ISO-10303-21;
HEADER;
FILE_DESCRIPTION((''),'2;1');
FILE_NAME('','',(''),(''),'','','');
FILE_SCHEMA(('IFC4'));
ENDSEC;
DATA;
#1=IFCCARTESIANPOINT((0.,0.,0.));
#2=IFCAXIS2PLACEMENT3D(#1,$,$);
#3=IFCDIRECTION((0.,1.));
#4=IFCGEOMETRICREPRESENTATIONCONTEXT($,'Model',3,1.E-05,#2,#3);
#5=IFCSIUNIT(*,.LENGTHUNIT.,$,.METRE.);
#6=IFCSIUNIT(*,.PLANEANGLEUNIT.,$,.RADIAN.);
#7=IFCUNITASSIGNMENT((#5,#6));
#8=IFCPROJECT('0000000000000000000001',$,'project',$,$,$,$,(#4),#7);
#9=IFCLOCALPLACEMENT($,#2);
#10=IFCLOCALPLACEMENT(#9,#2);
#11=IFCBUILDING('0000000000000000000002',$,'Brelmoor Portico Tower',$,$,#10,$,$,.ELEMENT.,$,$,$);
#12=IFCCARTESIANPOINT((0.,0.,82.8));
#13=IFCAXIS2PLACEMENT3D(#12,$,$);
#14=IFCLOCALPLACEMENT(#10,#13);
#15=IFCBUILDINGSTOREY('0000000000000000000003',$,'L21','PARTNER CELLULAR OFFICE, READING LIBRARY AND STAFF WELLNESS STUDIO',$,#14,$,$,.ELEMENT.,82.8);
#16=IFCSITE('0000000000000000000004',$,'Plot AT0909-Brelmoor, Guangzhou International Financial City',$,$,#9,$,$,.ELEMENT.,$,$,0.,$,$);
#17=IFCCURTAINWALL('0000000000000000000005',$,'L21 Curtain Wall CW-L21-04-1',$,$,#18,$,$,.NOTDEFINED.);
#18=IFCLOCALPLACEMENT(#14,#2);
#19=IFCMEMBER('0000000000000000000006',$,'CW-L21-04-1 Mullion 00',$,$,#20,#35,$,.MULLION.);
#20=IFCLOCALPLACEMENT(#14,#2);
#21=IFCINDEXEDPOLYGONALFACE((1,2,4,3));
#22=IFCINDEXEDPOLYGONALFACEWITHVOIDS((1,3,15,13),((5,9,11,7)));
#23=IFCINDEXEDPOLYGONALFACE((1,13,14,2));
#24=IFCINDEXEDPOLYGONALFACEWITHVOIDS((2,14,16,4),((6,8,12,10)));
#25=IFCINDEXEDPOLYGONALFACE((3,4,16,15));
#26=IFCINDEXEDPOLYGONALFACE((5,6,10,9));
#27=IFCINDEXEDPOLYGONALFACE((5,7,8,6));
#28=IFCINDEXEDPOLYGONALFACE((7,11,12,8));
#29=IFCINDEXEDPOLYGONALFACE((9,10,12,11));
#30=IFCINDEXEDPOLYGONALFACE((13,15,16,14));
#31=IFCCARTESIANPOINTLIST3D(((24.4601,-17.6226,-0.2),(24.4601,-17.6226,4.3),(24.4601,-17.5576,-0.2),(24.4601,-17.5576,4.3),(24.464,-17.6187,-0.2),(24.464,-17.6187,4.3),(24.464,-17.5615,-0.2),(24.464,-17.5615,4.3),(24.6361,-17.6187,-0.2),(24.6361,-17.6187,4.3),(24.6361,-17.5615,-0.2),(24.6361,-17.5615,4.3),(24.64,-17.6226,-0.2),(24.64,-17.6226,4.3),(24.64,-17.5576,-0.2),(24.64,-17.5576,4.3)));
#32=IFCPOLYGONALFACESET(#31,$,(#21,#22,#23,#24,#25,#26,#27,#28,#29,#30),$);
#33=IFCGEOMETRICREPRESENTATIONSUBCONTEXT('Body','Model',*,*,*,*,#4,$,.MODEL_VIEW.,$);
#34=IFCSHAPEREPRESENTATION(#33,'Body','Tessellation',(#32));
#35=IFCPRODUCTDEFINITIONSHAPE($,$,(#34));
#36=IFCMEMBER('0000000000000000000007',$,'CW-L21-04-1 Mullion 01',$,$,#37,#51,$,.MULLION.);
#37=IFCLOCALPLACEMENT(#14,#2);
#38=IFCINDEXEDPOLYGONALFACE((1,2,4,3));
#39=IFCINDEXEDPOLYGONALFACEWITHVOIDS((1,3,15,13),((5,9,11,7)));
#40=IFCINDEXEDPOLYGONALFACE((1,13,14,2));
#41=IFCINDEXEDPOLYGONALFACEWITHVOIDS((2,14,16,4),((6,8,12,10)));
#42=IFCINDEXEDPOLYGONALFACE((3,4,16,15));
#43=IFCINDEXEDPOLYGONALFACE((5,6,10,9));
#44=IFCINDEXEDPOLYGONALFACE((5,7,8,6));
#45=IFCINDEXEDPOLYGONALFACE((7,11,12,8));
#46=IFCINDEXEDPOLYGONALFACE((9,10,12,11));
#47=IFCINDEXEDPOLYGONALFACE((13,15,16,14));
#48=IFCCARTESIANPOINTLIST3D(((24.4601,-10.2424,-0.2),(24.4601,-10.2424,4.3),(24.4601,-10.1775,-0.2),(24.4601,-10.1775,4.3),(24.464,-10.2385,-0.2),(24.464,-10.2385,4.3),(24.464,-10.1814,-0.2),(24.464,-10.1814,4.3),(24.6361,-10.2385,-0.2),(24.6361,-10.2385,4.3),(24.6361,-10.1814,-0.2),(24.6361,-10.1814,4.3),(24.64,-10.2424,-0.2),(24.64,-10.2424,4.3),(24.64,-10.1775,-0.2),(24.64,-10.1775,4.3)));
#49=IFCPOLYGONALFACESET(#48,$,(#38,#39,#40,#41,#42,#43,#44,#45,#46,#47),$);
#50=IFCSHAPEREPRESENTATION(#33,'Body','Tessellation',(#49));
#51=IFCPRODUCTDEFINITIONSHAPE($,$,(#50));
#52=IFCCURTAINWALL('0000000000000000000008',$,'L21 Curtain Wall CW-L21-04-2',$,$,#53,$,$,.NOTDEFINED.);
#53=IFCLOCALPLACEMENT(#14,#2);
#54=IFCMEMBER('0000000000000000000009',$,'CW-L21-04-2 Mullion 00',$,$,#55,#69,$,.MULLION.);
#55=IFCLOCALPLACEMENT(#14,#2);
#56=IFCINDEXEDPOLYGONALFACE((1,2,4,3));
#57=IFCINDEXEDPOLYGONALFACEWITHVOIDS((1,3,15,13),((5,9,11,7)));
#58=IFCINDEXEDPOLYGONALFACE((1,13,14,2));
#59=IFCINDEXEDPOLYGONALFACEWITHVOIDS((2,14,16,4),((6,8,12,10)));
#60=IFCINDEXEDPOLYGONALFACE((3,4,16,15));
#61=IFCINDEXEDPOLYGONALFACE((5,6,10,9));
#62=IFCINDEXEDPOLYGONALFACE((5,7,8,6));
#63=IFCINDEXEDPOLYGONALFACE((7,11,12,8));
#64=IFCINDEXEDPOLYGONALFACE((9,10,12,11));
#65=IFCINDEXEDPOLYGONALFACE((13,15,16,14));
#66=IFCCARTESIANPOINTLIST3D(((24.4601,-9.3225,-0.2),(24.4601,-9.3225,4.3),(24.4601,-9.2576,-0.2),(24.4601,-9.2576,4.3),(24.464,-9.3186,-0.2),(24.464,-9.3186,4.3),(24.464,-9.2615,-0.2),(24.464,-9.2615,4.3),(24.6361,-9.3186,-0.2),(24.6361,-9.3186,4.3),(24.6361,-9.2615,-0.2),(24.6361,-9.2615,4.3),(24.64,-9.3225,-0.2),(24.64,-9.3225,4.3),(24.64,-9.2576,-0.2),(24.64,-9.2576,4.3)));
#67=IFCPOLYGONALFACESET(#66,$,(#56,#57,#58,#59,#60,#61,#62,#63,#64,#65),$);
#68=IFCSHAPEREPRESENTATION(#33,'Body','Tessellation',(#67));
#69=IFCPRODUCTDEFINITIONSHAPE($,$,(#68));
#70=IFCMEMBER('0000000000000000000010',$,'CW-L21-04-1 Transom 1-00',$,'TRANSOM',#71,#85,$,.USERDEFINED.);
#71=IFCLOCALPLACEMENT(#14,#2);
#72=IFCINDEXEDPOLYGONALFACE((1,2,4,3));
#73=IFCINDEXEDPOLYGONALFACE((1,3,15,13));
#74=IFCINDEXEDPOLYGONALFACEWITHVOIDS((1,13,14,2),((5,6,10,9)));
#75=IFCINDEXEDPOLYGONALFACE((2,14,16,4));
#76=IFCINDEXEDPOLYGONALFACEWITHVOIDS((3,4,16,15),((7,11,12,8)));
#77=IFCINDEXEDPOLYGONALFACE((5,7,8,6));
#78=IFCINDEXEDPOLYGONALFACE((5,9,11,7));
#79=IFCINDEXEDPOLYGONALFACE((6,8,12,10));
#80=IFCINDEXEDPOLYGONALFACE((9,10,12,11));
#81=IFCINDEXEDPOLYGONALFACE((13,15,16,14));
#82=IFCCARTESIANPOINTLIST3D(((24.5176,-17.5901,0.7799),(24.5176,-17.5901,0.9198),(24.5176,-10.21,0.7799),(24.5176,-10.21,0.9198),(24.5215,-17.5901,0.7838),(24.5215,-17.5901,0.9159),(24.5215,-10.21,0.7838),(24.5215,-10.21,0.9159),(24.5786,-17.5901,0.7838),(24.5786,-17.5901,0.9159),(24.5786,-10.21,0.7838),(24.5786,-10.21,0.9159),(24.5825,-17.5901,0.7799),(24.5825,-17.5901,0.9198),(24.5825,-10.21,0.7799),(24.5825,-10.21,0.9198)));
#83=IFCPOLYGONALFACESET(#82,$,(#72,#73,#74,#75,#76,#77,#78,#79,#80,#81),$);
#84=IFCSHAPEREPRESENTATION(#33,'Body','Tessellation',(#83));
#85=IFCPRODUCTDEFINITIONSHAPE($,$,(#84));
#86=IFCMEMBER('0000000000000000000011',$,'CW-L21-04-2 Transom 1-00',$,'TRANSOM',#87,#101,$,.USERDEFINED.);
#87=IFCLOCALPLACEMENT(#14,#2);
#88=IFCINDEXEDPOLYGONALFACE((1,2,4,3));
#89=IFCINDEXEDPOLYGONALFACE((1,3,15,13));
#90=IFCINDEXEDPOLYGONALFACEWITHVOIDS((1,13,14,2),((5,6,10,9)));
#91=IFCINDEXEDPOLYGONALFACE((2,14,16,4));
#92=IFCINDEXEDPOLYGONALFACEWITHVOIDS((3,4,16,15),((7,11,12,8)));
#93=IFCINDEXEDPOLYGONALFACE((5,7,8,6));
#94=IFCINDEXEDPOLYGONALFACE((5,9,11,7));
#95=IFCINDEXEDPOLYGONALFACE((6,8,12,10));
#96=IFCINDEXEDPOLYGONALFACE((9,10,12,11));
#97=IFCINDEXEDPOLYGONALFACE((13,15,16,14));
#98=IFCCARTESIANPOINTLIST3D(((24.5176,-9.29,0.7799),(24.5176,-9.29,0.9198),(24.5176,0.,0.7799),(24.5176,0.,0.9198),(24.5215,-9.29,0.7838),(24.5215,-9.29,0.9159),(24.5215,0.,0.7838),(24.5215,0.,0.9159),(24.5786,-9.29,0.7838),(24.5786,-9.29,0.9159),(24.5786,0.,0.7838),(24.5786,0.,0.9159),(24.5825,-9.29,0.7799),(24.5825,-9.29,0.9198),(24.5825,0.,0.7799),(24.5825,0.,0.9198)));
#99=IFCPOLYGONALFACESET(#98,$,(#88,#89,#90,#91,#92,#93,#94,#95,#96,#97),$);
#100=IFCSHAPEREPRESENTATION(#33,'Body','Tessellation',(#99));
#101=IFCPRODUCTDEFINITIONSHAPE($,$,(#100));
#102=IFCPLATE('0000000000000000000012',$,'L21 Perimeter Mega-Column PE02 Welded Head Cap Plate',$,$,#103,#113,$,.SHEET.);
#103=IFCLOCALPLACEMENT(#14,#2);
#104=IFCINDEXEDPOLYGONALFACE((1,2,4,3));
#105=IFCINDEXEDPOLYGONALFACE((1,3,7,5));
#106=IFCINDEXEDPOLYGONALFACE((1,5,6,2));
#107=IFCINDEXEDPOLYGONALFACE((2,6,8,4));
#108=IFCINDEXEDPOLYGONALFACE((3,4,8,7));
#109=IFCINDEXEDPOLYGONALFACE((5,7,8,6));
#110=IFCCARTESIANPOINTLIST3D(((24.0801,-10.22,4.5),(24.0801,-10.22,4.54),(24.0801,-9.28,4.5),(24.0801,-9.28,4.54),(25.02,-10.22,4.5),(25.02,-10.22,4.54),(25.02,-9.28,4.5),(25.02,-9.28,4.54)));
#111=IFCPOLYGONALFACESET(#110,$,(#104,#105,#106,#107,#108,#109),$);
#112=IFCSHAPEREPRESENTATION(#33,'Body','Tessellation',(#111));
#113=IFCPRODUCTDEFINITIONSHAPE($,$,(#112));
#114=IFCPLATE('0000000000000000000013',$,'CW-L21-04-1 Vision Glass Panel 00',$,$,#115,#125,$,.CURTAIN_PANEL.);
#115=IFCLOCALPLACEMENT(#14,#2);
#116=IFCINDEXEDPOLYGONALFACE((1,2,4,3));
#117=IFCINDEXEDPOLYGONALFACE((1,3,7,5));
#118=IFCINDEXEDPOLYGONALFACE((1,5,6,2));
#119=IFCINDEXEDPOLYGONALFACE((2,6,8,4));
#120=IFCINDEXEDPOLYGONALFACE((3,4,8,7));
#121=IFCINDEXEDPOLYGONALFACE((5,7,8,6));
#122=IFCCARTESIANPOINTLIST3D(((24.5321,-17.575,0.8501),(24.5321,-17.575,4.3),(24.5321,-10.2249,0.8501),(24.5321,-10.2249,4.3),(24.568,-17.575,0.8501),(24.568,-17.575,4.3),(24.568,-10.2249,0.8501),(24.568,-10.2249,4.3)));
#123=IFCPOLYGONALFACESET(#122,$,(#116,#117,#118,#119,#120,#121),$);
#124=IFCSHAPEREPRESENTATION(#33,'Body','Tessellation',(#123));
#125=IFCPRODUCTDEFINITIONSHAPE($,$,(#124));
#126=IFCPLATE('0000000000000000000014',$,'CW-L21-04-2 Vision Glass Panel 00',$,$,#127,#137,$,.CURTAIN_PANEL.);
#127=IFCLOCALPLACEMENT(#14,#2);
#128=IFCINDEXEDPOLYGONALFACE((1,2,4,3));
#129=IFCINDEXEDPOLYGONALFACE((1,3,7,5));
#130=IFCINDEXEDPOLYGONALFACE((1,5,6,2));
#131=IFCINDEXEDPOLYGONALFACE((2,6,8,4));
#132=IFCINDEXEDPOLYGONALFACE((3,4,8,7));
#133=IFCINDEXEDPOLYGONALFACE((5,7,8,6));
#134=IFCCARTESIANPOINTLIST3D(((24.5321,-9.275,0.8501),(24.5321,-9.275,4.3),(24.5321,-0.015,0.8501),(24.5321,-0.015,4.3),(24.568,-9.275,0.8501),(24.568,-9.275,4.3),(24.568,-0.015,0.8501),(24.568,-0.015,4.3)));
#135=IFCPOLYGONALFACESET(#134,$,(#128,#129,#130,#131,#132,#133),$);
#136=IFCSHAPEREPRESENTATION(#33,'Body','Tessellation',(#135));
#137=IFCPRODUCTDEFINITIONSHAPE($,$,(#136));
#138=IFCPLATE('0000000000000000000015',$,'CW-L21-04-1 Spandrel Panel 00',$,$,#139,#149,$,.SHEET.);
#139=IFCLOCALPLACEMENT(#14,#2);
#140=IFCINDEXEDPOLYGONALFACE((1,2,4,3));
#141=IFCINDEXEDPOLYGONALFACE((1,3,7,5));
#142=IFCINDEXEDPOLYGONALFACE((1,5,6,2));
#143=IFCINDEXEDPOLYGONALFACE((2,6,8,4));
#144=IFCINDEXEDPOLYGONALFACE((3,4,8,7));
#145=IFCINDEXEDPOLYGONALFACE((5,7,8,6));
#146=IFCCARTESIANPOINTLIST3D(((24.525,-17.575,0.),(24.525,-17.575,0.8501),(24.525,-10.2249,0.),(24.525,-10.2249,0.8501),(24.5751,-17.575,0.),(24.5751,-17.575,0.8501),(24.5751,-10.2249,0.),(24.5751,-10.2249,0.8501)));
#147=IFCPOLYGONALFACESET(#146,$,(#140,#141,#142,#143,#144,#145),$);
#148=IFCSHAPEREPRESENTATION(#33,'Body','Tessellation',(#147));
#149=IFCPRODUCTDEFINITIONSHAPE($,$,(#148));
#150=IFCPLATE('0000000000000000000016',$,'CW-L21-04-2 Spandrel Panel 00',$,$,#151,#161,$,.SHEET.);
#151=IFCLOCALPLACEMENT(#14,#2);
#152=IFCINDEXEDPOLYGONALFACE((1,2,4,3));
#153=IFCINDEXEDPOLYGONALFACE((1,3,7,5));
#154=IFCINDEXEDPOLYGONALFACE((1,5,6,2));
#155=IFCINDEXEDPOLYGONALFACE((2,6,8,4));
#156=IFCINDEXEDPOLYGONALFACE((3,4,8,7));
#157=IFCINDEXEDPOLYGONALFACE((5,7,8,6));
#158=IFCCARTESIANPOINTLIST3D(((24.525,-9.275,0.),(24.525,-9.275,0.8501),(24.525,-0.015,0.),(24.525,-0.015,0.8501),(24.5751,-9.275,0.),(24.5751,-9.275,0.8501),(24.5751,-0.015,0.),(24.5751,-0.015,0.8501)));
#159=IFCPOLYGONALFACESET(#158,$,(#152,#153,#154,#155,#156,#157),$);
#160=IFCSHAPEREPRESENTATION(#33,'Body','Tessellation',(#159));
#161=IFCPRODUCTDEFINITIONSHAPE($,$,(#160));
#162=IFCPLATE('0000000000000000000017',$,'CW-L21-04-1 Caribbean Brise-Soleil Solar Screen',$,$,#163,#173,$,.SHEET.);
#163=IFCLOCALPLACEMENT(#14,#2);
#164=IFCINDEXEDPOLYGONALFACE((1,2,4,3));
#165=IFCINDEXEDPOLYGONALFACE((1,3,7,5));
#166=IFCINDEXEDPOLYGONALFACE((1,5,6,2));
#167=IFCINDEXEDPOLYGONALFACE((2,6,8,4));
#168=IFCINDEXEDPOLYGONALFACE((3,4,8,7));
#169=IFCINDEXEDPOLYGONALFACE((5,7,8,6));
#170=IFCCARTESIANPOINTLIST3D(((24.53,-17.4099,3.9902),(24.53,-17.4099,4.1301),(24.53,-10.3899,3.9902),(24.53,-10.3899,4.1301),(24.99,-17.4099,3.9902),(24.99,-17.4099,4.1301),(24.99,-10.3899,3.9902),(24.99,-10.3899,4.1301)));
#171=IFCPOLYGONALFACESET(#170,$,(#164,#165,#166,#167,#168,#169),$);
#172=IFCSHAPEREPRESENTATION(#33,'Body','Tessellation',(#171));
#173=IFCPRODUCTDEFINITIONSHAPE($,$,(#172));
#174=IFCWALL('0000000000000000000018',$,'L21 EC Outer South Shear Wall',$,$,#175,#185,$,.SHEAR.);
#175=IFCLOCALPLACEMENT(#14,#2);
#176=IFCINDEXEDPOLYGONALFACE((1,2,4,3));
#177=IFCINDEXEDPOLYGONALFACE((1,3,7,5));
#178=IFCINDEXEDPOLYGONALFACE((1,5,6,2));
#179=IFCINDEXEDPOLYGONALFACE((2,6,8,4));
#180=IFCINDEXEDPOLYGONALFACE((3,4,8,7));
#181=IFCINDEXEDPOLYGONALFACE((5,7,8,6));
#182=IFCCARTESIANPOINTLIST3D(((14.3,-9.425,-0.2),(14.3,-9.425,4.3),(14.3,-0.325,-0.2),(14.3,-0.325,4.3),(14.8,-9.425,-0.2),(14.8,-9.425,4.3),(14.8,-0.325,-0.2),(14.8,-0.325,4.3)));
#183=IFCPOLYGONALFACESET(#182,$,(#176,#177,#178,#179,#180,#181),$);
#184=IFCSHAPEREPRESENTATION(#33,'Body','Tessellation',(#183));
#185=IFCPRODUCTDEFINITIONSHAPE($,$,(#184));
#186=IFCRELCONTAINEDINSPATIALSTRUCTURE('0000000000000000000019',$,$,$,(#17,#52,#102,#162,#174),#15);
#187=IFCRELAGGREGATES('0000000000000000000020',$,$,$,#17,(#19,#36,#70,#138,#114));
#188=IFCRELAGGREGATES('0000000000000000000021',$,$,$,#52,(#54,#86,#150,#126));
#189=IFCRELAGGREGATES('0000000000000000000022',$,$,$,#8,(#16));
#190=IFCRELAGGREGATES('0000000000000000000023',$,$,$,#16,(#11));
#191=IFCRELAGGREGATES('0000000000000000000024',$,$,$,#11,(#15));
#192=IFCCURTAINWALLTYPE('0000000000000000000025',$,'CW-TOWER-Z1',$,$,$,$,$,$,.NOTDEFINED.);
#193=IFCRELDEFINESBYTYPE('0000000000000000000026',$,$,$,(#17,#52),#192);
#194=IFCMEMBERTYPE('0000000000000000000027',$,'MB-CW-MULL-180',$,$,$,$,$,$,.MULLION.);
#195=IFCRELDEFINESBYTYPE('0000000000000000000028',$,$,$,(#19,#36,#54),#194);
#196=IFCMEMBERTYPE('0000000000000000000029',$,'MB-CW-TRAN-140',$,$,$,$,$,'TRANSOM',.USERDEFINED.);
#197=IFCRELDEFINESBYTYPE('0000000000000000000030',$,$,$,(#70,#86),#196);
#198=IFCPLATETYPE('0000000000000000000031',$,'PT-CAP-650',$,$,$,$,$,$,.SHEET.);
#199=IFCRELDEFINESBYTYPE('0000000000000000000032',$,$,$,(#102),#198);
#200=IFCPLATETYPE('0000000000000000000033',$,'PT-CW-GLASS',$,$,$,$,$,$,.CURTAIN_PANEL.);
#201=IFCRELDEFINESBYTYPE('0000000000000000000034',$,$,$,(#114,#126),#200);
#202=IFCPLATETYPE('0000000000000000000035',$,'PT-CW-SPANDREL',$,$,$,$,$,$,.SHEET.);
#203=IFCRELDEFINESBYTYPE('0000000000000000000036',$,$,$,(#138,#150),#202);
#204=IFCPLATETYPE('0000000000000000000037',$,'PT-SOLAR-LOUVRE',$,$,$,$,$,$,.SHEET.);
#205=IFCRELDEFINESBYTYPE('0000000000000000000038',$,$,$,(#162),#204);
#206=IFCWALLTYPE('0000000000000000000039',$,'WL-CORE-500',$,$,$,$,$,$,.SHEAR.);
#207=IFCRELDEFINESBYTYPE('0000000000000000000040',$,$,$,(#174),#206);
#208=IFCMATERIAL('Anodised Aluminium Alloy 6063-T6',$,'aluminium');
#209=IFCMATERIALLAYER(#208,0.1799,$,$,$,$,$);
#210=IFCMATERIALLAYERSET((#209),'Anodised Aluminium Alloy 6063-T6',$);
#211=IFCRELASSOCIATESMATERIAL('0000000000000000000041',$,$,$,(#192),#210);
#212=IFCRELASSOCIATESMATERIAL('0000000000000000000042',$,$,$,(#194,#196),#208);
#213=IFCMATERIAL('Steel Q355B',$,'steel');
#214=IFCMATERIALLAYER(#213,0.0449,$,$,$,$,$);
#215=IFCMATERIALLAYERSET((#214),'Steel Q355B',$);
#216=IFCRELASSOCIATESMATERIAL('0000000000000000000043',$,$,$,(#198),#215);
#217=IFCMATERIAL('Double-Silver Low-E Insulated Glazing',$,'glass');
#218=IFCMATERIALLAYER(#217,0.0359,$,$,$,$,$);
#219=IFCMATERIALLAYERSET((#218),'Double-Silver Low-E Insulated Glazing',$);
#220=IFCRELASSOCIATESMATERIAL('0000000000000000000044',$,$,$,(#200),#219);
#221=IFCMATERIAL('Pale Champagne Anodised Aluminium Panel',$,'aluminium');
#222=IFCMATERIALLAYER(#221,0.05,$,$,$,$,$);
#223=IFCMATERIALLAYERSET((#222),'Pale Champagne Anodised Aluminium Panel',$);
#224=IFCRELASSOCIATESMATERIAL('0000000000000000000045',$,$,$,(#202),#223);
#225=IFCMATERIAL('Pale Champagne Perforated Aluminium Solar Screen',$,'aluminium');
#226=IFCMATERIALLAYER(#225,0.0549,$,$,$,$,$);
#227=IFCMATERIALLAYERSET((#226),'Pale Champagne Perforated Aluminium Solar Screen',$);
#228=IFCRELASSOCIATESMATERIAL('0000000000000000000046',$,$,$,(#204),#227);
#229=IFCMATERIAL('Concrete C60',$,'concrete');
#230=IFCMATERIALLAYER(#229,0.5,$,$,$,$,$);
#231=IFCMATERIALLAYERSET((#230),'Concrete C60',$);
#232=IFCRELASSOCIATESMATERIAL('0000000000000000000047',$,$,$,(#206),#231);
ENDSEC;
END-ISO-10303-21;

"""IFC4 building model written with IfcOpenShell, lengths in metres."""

from ifc_helpers import new_model, si_unit, direction, frame, frame_2d, origin, origin_2d, place, context, subcontext, project, spatial, rectangle, hollow_rectangle, extrude, material, layer, layer_set, material_profile, profile_set, type_object, element, aggregate, save


model = new_model("IFC4")

# Units and contexts
model_context = context("Model", 3, precision=1e-05, world=origin(), true_north=direction((0.0, 1.0)))
body_context = subcontext(model_context, "Body", "Model", "MODEL_VIEW")
ifc_project = project(units=[si_unit("LENGTHUNIT", "METRE"), si_unit("PLANEANGLEUNIT", "RADIAN")], contexts=[model_context])

# Site, building, storey
site_placement = place(None, origin())
site = spatial("IfcSite", under=ifc_project, at=site_placement, Name="Plot AT0909-Brelmoor, Guangzhou International Financial City", CompositionType="ELEMENT", RefElevation=0.0)
building_placement = place(site_placement, origin())
building = spatial("IfcBuilding", under=site, at=building_placement, Name="Brelmoor Portico Tower", CompositionType="ELEMENT")
storey_placement = place(building_placement, frame((0.0, 0.0, 82.8)))
storey = spatial("IfcBuildingStorey", under=building, at=storey_placement, Name="L21", Description="PARTNER CELLULAR OFFICE, READING LIBRARY AND STAFF WELLNESS STUDIO", CompositionType="ELEMENT", Elevation=82.8)

# Shared definitions
ifc_material_1 = material(Name="Steel Q355B", Category="steel")

# Curtain wall, members
ifc_material_2 = material(Name="Anodised Aluminium Alloy 6063-T6", Category="aluminium")
ifc_layer_1 = layer(ifc_material_2, 0.1799)
ifc_layer_set_1 = layer_set([ifc_layer_1], Name="Anodised Aluminium Alloy 6063-T6")
curtain_wall_type = type_object("IfcCurtainWallType", Name="CW-TOWER-Z1", PredefinedType="NOTDEFINED", material=ifc_layer_set_1)
curtain_wall_1_placement = place(storey_placement, origin())
curtain_wall_1 = element("IfcCurtainWall", 1, at=curtain_wall_1_placement, inside=storey, type_object=curtain_wall_type, Name="L21 Curtain Wall CW-L21-04-1", PredefinedType="NOTDEFINED")
ifc_material_profile_1 = material_profile(ifc_material_2, hollow_rectangle(XDim=0.0649, YDim=0.1799, WallThickness=0.0039, at=origin_2d()), Name="ALU MULLION 65x180")
ifc_profile_set_1 = profile_set([ifc_material_profile_1], Name="Anodised Aluminium Alloy 6063-T6")
member_type_1 = type_object("IfcMemberType", Name="MB-CW-MULL-180", PredefinedType="MULLION", material=ifc_profile_set_1)
member_1_placement = place(storey_placement, frame((24.55, -17.5901, -0.2), z_axis=(0.0, 0.0, 1.0), x_axis=(0.0, 1.0, 0.0)))
member_1 = element("IfcMember", 2, at=member_1_placement, type_object=member_type_1, Name="CW-L21-04-1 Mullion 00", PredefinedType="MULLION", context=body_context, shape_type="SweptSolid", body=[
    extrude(hollow_rectangle(XDim=0.0649, YDim=0.1799, WallThickness=0.0039, at=origin_2d()), origin(), (0.0, 0.0, 1.0), 4.5),
])
member_2_placement = place(storey_placement, frame((24.55, -10.21, -0.2), z_axis=(0.0, 0.0, 1.0), x_axis=(0.0, 1.0, 0.0)))
member_2 = element("IfcMember", 3, at=member_2_placement, type_object=member_type_1, Name="CW-L21-04-1 Mullion 01", PredefinedType="MULLION", context=body_context, shape_type="SweptSolid", body=[
    extrude(hollow_rectangle(XDim=0.0649, YDim=0.1799, WallThickness=0.0039, at=origin_2d()), origin(), (0.0, 0.0, 1.0), 4.5),
])

# Curtain wall, member
curtain_wall_2_placement = place(storey_placement, origin())
curtain_wall_2 = element("IfcCurtainWall", 4, at=curtain_wall_2_placement, inside=storey, type_object=curtain_wall_type, Name="L21 Curtain Wall CW-L21-04-2", PredefinedType="NOTDEFINED")
member_3_placement = place(storey_placement, frame((24.55, -9.29, -0.2), z_axis=(0.0, 0.0, 1.0), x_axis=(0.0, 1.0, 0.0)))
member_3 = element("IfcMember", 5, at=member_3_placement, type_object=member_type_1, Name="CW-L21-04-2 Mullion 00", PredefinedType="MULLION", context=body_context, shape_type="SweptSolid", body=[
    extrude(hollow_rectangle(XDim=0.0649, YDim=0.1799, WallThickness=0.0039, at=origin_2d()), origin(), (0.0, 0.0, 1.0), 4.5),
])

# Members
ifc_material_profile_2 = material_profile(ifc_material_2, hollow_rectangle(XDim=0.0649, YDim=0.1399, WallThickness=0.0039, at=origin_2d()), Name="ALU TRANSOM 65x140")
ifc_profile_set_2 = profile_set([ifc_material_profile_2], Name="Anodised Aluminium Alloy 6063-T6")
member_type_2 = type_object("IfcMemberType", Name="MB-CW-TRAN-140", ElementType="TRANSOM", PredefinedType="USERDEFINED", material=ifc_profile_set_2)
member_4_placement = place(storey_placement, frame((24.55, -17.5901, 0.8499), z_axis=(0.0, 1.0, 0.0), x_axis=(-1.0, 0.0, 0.0)))
member_4 = element("IfcMember", 6, at=member_4_placement, type_object=member_type_2, Name="CW-L21-04-1 Transom 1-00", ObjectType="TRANSOM", PredefinedType="USERDEFINED", context=body_context, shape_type="SweptSolid", body=[
    extrude(hollow_rectangle(XDim=0.0649, YDim=0.1399, WallThickness=0.0039, at=origin_2d()), origin(), (0.0, 0.0, 1.0), 7.3801),
])
member_5_placement = place(storey_placement, frame((24.55, -9.29, 0.8499), z_axis=(0.0, 1.0, 0.0), x_axis=(-1.0, 0.0, 0.0)))
member_5 = element("IfcMember", 7, at=member_5_placement, type_object=member_type_2, Name="CW-L21-04-2 Transom 1-00", ObjectType="TRANSOM", PredefinedType="USERDEFINED", context=body_context, shape_type="SweptSolid", body=[
    extrude(hollow_rectangle(XDim=0.0649, YDim=0.1399, WallThickness=0.0039, at=origin_2d()), origin(), (0.0, 0.0, 1.0), 9.29),
])

# Plates
ifc_layer_2 = layer(ifc_material_1, 0.0449)
ifc_layer_set_2 = layer_set([ifc_layer_2], Name="Steel Q355B")
plate_type_1 = type_object("IfcPlateType", Name="PT-CAP-650", PredefinedType="SHEET", material=ifc_layer_set_2)
plate_1_placement = place(storey_placement, frame((24.55, -9.75, 4.5), z_axis=(0.0, 0.0, 1.0), x_axis=(0.0, 1.0, 0.0)))
element("IfcPlate", 8, at=plate_1_placement, inside=storey, type_object=plate_type_1, Name="L21 Perimeter Mega-Column PE02 Welded Head Cap Plate", PredefinedType="SHEET", context=body_context, shape_type="SweptSolid", body=[
    extrude(rectangle(XDim=0.9399, YDim=0.9399, at=origin_2d()), origin(), (0.0, 0.0, 1.0), 0.04),
])
ifc_material_3 = material(Name="Double-Silver Low-E Insulated Glazing", Category="glass")
ifc_layer_3 = layer(ifc_material_3, 0.0359)
ifc_layer_set_3 = layer_set([ifc_layer_3], Name="Double-Silver Low-E Insulated Glazing")
plate_type_2 = type_object("IfcPlateType", Name="PT-CW-GLASS", PredefinedType="CURTAIN_PANEL", material=ifc_layer_set_3)
plate_2_placement = place(storey_placement, frame((24.55, -13.8999, 0.8501), z_axis=(0.0, 0.0, 1.0), x_axis=(0.0, 1.0, 0.0)))
plate_2 = element("IfcPlate", 9, at=plate_2_placement, type_object=plate_type_2, Name="CW-L21-04-1 Vision Glass Panel 00", PredefinedType="CURTAIN_PANEL", context=body_context, shape_type="SweptSolid", body=[
    extrude(rectangle(XDim=7.3501, YDim=0.0359, at=origin_2d()), origin(), (0.0, 0.0, 1.0), 3.45),
])
plate_3_placement = place(storey_placement, frame((24.55, -4.645, 0.8501), z_axis=(0.0, 0.0, 1.0), x_axis=(0.0, 1.0, 0.0)))
plate_3 = element("IfcPlate", 10, at=plate_3_placement, type_object=plate_type_2, Name="CW-L21-04-2 Vision Glass Panel 00", PredefinedType="CURTAIN_PANEL", context=body_context, shape_type="SweptSolid", body=[
    extrude(rectangle(XDim=9.26, YDim=0.0359, at=origin_2d()), origin(), (0.0, 0.0, 1.0), 3.45),
])
ifc_material_4 = material(Name="Pale Champagne Anodised Aluminium Panel", Category="aluminium")
ifc_layer_4 = layer(ifc_material_4, 0.05)
ifc_layer_set_4 = layer_set([ifc_layer_4], Name="Pale Champagne Anodised Aluminium Panel")
plate_type_3 = type_object("IfcPlateType", Name="PT-CW-SPANDREL", PredefinedType="SHEET", material=ifc_layer_set_4)
plate_4_placement = place(storey_placement, frame((24.55, -13.8999, 0.0), z_axis=(0.0, 0.0, 1.0), x_axis=(0.0, 1.0, 0.0)))
plate_4 = element("IfcPlate", 11, at=plate_4_placement, type_object=plate_type_3, Name="CW-L21-04-1 Spandrel Panel 00", PredefinedType="SHEET", context=body_context, shape_type="SweptSolid", body=[
    extrude(rectangle(XDim=7.3501, YDim=0.05, at=origin_2d()), origin(), (0.0, 0.0, 1.0), 0.8501),
])
aggregate(curtain_wall_1, [member_1, member_2, member_4, plate_4, plate_2])
plate_5_placement = place(storey_placement, frame((24.55, -4.645, 0.0), z_axis=(0.0, 0.0, 1.0), x_axis=(0.0, 1.0, 0.0)))
plate_5 = element("IfcPlate", 12, at=plate_5_placement, type_object=plate_type_3, Name="CW-L21-04-2 Spandrel Panel 00", PredefinedType="SHEET", context=body_context, shape_type="SweptSolid", body=[
    extrude(rectangle(XDim=9.26, YDim=0.05, at=origin_2d()), origin(), (0.0, 0.0, 1.0), 0.8501),
])
aggregate(curtain_wall_2, [member_3, member_5, plate_5, plate_3])
ifc_material_5 = material(Name="Pale Champagne Perforated Aluminium Solar Screen", Category="aluminium")
ifc_layer_5 = layer(ifc_material_5, 0.0549)
ifc_layer_set_5 = layer_set([ifc_layer_5], Name="Pale Champagne Perforated Aluminium Solar Screen")
plate_type_4 = type_object("IfcPlateType", Name="PT-SOLAR-LOUVRE", PredefinedType="SHEET", material=ifc_layer_set_5)
plate_6_placement = place(storey_placement, frame((24.76, -13.8999, 3.9902), z_axis=(0.0, 0.0, 1.0), x_axis=(0.0, 1.0, 0.0)))
element("IfcPlate", 13, at=plate_6_placement, inside=storey, type_object=plate_type_4, Name="CW-L21-04-1 Caribbean Brise-Soleil Solar Screen", PredefinedType="SHEET", context=body_context, shape_type="SweptSolid", body=[
    extrude(rectangle(XDim=7.02, YDim=0.46, at=origin_2d()), origin(), (0.0, 0.0, 1.0), 0.1399),
])

# Wall
ifc_material_6 = material(Name="Concrete C60", Category="concrete")
ifc_layer_6 = layer(ifc_material_6, 0.5)
ifc_layer_set_6 = layer_set([ifc_layer_6], Name="Concrete C60")
wall_type_1 = type_object("IfcWallType", Name="WL-CORE-500", PredefinedType="SHEAR", material=ifc_layer_set_6)
wall_1_placement = place(storey_placement, frame((14.55, -9.425, -0.2), z_axis=(0.0, 0.0, 1.0), x_axis=(0.0, 1.0, 0.0)))
element("IfcWall", 14, at=wall_1_placement, inside=storey, type_object=wall_type_1, Name="L21 EC Outer South Shear Wall", PredefinedType="SHEAR", context=body_context, shape_type="SweptSolid", body=[
    extrude(rectangle(XDim=9.1001, YDim=0.5, at=frame_2d((4.55, 0.0))), origin(), (0.0, 0.0, 1.0), 4.5),
])

save(model, "model.ifc")
